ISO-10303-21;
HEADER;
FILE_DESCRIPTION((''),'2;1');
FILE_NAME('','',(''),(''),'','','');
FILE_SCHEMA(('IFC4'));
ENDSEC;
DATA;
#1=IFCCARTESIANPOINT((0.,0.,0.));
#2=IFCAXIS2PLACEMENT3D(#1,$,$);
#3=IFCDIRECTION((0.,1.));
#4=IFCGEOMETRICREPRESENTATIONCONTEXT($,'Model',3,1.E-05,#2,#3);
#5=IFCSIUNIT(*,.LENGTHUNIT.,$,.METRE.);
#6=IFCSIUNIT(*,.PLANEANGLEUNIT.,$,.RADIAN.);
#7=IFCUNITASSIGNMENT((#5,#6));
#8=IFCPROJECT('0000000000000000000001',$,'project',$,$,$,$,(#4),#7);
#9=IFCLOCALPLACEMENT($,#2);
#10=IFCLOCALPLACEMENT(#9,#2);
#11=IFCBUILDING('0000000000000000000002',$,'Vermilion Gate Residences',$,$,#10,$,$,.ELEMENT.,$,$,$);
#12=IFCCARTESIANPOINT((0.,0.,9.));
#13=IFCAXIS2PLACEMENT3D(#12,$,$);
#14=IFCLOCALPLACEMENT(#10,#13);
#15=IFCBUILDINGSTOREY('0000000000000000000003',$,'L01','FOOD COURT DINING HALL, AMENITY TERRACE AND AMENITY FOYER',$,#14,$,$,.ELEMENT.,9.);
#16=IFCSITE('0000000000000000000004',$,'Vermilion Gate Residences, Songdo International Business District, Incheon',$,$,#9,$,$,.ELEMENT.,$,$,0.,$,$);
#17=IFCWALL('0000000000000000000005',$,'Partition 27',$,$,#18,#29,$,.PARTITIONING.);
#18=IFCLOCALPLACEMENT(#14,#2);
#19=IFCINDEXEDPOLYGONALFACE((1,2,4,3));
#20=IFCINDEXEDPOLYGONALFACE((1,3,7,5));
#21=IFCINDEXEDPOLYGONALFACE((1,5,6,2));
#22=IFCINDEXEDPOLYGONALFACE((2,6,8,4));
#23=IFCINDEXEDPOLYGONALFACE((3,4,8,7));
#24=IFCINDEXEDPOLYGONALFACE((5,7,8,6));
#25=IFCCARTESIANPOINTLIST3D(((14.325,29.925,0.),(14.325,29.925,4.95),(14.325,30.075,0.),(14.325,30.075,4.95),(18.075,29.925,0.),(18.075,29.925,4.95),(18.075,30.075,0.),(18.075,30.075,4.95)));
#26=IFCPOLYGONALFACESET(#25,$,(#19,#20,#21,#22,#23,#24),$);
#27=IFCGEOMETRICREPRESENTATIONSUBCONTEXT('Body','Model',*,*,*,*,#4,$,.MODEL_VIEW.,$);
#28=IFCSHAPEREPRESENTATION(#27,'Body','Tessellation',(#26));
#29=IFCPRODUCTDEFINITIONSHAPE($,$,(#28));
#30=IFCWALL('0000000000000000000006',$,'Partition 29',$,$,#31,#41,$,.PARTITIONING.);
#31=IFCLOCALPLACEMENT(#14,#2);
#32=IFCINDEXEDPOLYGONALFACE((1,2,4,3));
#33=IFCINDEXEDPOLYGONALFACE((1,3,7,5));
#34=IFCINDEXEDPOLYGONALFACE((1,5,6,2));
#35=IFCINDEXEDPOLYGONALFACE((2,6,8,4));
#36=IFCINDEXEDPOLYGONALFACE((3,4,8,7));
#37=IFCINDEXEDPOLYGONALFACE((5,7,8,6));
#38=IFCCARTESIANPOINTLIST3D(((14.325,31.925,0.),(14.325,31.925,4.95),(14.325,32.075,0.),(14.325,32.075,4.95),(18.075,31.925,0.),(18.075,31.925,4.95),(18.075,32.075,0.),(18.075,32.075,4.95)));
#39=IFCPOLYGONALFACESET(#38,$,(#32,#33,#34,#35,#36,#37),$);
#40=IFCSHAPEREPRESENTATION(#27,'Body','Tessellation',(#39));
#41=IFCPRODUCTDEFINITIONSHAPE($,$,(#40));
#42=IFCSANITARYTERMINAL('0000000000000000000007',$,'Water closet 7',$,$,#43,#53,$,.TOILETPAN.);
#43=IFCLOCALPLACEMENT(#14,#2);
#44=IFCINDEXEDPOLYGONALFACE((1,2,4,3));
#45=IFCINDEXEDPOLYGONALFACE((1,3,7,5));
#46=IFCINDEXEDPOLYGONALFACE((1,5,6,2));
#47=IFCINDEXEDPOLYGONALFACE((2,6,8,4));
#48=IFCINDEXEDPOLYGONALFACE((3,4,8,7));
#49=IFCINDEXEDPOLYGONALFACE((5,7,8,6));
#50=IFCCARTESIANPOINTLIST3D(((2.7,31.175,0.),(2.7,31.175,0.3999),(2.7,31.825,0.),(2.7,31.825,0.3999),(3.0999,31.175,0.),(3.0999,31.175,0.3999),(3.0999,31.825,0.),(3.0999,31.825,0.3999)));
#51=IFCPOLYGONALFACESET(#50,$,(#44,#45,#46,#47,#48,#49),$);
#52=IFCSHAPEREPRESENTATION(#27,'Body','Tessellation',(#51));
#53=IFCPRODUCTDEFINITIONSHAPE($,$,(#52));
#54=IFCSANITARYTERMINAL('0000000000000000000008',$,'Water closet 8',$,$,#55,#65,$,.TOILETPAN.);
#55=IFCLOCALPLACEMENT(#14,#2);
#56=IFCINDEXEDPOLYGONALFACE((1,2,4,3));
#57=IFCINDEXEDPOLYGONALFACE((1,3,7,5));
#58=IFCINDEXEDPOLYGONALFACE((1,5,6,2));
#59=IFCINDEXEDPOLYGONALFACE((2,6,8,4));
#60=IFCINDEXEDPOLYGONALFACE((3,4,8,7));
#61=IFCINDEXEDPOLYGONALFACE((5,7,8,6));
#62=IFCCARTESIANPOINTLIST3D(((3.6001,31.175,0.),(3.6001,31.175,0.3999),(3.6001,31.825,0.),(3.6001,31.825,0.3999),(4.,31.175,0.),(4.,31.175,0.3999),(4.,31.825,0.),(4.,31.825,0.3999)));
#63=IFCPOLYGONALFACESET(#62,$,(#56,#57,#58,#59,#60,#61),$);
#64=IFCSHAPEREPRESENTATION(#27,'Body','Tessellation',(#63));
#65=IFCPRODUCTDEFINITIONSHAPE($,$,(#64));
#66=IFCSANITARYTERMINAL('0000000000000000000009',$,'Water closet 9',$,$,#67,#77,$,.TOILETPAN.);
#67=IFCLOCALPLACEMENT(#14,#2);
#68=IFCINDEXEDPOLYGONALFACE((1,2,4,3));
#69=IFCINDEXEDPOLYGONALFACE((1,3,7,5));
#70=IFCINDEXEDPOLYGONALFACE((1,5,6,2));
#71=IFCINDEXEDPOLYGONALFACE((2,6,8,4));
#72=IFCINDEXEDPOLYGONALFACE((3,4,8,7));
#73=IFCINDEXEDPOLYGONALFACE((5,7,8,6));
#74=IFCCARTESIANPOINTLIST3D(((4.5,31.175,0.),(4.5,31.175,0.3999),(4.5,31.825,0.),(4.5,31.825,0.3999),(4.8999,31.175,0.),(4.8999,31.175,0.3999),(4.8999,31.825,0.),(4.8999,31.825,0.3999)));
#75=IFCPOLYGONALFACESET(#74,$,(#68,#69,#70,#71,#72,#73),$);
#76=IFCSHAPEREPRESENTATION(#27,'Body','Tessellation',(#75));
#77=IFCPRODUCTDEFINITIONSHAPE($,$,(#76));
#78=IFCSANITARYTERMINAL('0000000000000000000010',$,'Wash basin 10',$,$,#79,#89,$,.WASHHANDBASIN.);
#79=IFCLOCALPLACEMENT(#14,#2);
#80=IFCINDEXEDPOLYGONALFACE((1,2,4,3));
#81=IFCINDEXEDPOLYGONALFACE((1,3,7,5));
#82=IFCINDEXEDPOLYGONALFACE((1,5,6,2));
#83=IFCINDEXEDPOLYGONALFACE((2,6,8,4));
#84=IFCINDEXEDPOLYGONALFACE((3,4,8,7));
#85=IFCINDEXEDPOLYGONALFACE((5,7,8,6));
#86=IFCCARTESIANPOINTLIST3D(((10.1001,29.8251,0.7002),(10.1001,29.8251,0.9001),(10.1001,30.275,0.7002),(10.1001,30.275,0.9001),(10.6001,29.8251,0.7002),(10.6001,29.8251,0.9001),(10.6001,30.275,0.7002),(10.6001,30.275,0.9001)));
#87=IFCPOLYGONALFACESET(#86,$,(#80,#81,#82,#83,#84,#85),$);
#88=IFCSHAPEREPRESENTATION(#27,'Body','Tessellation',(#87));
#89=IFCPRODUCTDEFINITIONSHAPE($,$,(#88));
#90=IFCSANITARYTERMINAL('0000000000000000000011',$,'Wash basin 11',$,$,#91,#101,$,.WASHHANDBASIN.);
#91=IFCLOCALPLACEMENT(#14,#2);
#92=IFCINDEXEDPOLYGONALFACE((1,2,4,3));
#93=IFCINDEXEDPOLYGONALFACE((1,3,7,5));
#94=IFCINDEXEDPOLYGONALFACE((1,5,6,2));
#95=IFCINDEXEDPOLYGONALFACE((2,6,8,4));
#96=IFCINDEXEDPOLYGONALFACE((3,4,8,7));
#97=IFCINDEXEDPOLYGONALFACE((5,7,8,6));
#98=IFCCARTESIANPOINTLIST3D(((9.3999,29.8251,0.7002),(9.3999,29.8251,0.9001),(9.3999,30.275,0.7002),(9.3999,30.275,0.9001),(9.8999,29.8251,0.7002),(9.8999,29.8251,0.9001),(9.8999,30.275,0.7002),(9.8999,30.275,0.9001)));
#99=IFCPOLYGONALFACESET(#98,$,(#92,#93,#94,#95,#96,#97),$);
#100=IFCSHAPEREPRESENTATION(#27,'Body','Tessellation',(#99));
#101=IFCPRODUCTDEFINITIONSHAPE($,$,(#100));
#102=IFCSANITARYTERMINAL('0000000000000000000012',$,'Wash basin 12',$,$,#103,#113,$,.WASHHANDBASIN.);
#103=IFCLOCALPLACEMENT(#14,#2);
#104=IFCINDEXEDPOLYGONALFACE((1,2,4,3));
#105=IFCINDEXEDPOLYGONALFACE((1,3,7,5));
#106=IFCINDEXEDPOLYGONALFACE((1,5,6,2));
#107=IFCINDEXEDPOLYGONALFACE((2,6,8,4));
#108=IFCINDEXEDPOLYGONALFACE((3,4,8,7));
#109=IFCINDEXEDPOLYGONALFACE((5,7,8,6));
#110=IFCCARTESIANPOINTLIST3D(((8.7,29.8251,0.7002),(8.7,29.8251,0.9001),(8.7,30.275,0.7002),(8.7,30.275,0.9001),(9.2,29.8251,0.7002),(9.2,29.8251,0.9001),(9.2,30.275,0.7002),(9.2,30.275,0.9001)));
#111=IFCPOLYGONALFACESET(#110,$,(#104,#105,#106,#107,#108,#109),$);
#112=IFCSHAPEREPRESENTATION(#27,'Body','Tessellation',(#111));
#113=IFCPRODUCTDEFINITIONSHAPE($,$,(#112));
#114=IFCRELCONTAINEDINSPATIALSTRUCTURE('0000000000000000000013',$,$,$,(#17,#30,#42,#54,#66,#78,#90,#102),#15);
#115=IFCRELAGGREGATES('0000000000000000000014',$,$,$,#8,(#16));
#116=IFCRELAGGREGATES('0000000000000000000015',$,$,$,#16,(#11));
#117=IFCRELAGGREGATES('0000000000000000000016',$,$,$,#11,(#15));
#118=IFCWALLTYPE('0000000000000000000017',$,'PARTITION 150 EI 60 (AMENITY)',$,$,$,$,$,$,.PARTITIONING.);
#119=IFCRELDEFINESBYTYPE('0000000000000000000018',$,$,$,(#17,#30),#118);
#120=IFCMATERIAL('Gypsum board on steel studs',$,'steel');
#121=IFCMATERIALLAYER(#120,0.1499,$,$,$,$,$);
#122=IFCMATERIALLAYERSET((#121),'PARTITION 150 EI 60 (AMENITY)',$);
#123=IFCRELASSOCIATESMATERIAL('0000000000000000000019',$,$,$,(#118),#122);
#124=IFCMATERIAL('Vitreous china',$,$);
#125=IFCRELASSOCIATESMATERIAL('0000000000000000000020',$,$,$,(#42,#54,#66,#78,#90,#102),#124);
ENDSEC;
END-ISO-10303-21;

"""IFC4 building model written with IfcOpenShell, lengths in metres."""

from ifc_helpers import new_model, si_unit, direction, frame, frame_2d, origin, origin_2d, place, context, subcontext, project, spatial, rectangle, extrude, material, layer, layer_set, type_object, element, save


model = new_model("IFC4")

# Units and contexts
model_context = context("Model", 3, precision=1e-05, world=origin(), true_north=direction((0.0, 1.0)))
body_context = subcontext(model_context, "Body", "Model", "MODEL_VIEW")
ifc_project = project(units=[si_unit("LENGTHUNIT", "METRE"), si_unit("PLANEANGLEUNIT", "RADIAN")], contexts=[model_context])

# Site, building, storey
site_placement = place(None, origin())
site = spatial("IfcSite", under=ifc_project, at=site_placement, Name="Vermilion Gate Residences, Songdo International Business District, Incheon", CompositionType="ELEMENT", RefElevation=0.0)
building_placement = place(site_placement, origin())
building = spatial("IfcBuilding", under=site, at=building_placement, Name="Vermilion Gate Residences", CompositionType="ELEMENT")
storey_placement = place(building_placement, frame((0.0, 0.0, 9.0)))
storey = spatial("IfcBuildingStorey", under=building, at=storey_placement, Name="L01", Description="FOOD COURT DINING HALL, AMENITY TERRACE AND AMENITY FOYER", CompositionType="ELEMENT", Elevation=9.0)

# Shared definitions
ifc_material_1 = material(Name="Gypsum board on steel studs", Category="steel")
ifc_layer_1 = layer(ifc_material_1, 0.1499)
ifc_layer_set_1 = layer_set([ifc_layer_1], Name="PARTITION 150 EI 60 (AMENITY)")
wall_type = type_object("IfcWallType", Name="PARTITION 150 EI 60 (AMENITY)", PredefinedType="PARTITIONING", material=ifc_layer_set_1)

# Walls
for number, where, z_axis, x_axis, name in (
    (1, (14.325, 30.0, 0.0), (0.0, 0.0, 1.0), (1.0, 0.0, 0.0), "Partition 27"),
    (2, (14.325, 32.0, 0.0), (0.0, 0.0, 1.0), (1.0, 0.0, 0.0), "Partition 29"),
):
    element("IfcWall", number, at=place(storey_placement, frame(where, z_axis=z_axis, x_axis=x_axis)), inside=storey, type_object=wall_type, Name=name, PredefinedType="PARTITIONING", context=body_context, shape_type="SweptSolid", body=[
        extrude(rectangle(XDim=3.75, YDim=0.1499, at=frame_2d((1.875, 0.0))), origin(), (0.0, 0.0, 1.0), 4.95),
    ])

# Sanitary terminals
ifc_material_2 = material(Name="Vitreous china")
for number, where, z_axis, x_axis, name in (
    (3, (2.8999, 31.5, 0.0), (0.0, 0.0, 1.0), (1.0, 0.0, 0.0), "Water closet 7"),
    (4, (3.8, 31.5, 0.0), (0.0, 0.0, 1.0), (1.0, 0.0, 0.0), "Water closet 8"),
    (5, (4.7, 31.5, 0.0), (0.0, 0.0, 1.0), (1.0, 0.0, 0.0), "Water closet 9"),
):
    element("IfcSanitaryTerminal", number, at=place(storey_placement, frame(where, z_axis=z_axis, x_axis=x_axis)), inside=storey, material=ifc_material_2, Name=name, PredefinedType="TOILETPAN", context=body_context, shape_type="SweptSolid", body=[
        extrude(rectangle(XDim=0.3999, YDim=0.6499, at=origin_2d()), origin(), (0.0, 0.0, 1.0), 0.3999),
    ])
for number, where, z_axis, x_axis, name in (
    (6, (10.3501, 30.05, 0.7002), (0.0, 0.0, 1.0), (1.0, 0.0, 0.0), "Wash basin 10"),
    (7, (9.6499, 30.05, 0.7002), (0.0, 0.0, 1.0), (1.0, 0.0, 0.0), "Wash basin 11"),
    (8, (8.95, 30.05, 0.7002), (0.0, 0.0, 1.0), (1.0, 0.0, 0.0), "Wash basin 12"),
):
    element("IfcSanitaryTerminal", number, at=place(storey_placement, frame(where, z_axis=z_axis, x_axis=x_axis)), inside=storey, material=ifc_material_2, Name=name, PredefinedType="WASHHANDBASIN", context=body_context, shape_type="SweptSolid", body=[
        extrude(rectangle(XDim=0.5, YDim=0.45, at=origin_2d()), origin(), (0.0, 0.0, 1.0), 0.2),
    ])

save(model, "model.ifc")
